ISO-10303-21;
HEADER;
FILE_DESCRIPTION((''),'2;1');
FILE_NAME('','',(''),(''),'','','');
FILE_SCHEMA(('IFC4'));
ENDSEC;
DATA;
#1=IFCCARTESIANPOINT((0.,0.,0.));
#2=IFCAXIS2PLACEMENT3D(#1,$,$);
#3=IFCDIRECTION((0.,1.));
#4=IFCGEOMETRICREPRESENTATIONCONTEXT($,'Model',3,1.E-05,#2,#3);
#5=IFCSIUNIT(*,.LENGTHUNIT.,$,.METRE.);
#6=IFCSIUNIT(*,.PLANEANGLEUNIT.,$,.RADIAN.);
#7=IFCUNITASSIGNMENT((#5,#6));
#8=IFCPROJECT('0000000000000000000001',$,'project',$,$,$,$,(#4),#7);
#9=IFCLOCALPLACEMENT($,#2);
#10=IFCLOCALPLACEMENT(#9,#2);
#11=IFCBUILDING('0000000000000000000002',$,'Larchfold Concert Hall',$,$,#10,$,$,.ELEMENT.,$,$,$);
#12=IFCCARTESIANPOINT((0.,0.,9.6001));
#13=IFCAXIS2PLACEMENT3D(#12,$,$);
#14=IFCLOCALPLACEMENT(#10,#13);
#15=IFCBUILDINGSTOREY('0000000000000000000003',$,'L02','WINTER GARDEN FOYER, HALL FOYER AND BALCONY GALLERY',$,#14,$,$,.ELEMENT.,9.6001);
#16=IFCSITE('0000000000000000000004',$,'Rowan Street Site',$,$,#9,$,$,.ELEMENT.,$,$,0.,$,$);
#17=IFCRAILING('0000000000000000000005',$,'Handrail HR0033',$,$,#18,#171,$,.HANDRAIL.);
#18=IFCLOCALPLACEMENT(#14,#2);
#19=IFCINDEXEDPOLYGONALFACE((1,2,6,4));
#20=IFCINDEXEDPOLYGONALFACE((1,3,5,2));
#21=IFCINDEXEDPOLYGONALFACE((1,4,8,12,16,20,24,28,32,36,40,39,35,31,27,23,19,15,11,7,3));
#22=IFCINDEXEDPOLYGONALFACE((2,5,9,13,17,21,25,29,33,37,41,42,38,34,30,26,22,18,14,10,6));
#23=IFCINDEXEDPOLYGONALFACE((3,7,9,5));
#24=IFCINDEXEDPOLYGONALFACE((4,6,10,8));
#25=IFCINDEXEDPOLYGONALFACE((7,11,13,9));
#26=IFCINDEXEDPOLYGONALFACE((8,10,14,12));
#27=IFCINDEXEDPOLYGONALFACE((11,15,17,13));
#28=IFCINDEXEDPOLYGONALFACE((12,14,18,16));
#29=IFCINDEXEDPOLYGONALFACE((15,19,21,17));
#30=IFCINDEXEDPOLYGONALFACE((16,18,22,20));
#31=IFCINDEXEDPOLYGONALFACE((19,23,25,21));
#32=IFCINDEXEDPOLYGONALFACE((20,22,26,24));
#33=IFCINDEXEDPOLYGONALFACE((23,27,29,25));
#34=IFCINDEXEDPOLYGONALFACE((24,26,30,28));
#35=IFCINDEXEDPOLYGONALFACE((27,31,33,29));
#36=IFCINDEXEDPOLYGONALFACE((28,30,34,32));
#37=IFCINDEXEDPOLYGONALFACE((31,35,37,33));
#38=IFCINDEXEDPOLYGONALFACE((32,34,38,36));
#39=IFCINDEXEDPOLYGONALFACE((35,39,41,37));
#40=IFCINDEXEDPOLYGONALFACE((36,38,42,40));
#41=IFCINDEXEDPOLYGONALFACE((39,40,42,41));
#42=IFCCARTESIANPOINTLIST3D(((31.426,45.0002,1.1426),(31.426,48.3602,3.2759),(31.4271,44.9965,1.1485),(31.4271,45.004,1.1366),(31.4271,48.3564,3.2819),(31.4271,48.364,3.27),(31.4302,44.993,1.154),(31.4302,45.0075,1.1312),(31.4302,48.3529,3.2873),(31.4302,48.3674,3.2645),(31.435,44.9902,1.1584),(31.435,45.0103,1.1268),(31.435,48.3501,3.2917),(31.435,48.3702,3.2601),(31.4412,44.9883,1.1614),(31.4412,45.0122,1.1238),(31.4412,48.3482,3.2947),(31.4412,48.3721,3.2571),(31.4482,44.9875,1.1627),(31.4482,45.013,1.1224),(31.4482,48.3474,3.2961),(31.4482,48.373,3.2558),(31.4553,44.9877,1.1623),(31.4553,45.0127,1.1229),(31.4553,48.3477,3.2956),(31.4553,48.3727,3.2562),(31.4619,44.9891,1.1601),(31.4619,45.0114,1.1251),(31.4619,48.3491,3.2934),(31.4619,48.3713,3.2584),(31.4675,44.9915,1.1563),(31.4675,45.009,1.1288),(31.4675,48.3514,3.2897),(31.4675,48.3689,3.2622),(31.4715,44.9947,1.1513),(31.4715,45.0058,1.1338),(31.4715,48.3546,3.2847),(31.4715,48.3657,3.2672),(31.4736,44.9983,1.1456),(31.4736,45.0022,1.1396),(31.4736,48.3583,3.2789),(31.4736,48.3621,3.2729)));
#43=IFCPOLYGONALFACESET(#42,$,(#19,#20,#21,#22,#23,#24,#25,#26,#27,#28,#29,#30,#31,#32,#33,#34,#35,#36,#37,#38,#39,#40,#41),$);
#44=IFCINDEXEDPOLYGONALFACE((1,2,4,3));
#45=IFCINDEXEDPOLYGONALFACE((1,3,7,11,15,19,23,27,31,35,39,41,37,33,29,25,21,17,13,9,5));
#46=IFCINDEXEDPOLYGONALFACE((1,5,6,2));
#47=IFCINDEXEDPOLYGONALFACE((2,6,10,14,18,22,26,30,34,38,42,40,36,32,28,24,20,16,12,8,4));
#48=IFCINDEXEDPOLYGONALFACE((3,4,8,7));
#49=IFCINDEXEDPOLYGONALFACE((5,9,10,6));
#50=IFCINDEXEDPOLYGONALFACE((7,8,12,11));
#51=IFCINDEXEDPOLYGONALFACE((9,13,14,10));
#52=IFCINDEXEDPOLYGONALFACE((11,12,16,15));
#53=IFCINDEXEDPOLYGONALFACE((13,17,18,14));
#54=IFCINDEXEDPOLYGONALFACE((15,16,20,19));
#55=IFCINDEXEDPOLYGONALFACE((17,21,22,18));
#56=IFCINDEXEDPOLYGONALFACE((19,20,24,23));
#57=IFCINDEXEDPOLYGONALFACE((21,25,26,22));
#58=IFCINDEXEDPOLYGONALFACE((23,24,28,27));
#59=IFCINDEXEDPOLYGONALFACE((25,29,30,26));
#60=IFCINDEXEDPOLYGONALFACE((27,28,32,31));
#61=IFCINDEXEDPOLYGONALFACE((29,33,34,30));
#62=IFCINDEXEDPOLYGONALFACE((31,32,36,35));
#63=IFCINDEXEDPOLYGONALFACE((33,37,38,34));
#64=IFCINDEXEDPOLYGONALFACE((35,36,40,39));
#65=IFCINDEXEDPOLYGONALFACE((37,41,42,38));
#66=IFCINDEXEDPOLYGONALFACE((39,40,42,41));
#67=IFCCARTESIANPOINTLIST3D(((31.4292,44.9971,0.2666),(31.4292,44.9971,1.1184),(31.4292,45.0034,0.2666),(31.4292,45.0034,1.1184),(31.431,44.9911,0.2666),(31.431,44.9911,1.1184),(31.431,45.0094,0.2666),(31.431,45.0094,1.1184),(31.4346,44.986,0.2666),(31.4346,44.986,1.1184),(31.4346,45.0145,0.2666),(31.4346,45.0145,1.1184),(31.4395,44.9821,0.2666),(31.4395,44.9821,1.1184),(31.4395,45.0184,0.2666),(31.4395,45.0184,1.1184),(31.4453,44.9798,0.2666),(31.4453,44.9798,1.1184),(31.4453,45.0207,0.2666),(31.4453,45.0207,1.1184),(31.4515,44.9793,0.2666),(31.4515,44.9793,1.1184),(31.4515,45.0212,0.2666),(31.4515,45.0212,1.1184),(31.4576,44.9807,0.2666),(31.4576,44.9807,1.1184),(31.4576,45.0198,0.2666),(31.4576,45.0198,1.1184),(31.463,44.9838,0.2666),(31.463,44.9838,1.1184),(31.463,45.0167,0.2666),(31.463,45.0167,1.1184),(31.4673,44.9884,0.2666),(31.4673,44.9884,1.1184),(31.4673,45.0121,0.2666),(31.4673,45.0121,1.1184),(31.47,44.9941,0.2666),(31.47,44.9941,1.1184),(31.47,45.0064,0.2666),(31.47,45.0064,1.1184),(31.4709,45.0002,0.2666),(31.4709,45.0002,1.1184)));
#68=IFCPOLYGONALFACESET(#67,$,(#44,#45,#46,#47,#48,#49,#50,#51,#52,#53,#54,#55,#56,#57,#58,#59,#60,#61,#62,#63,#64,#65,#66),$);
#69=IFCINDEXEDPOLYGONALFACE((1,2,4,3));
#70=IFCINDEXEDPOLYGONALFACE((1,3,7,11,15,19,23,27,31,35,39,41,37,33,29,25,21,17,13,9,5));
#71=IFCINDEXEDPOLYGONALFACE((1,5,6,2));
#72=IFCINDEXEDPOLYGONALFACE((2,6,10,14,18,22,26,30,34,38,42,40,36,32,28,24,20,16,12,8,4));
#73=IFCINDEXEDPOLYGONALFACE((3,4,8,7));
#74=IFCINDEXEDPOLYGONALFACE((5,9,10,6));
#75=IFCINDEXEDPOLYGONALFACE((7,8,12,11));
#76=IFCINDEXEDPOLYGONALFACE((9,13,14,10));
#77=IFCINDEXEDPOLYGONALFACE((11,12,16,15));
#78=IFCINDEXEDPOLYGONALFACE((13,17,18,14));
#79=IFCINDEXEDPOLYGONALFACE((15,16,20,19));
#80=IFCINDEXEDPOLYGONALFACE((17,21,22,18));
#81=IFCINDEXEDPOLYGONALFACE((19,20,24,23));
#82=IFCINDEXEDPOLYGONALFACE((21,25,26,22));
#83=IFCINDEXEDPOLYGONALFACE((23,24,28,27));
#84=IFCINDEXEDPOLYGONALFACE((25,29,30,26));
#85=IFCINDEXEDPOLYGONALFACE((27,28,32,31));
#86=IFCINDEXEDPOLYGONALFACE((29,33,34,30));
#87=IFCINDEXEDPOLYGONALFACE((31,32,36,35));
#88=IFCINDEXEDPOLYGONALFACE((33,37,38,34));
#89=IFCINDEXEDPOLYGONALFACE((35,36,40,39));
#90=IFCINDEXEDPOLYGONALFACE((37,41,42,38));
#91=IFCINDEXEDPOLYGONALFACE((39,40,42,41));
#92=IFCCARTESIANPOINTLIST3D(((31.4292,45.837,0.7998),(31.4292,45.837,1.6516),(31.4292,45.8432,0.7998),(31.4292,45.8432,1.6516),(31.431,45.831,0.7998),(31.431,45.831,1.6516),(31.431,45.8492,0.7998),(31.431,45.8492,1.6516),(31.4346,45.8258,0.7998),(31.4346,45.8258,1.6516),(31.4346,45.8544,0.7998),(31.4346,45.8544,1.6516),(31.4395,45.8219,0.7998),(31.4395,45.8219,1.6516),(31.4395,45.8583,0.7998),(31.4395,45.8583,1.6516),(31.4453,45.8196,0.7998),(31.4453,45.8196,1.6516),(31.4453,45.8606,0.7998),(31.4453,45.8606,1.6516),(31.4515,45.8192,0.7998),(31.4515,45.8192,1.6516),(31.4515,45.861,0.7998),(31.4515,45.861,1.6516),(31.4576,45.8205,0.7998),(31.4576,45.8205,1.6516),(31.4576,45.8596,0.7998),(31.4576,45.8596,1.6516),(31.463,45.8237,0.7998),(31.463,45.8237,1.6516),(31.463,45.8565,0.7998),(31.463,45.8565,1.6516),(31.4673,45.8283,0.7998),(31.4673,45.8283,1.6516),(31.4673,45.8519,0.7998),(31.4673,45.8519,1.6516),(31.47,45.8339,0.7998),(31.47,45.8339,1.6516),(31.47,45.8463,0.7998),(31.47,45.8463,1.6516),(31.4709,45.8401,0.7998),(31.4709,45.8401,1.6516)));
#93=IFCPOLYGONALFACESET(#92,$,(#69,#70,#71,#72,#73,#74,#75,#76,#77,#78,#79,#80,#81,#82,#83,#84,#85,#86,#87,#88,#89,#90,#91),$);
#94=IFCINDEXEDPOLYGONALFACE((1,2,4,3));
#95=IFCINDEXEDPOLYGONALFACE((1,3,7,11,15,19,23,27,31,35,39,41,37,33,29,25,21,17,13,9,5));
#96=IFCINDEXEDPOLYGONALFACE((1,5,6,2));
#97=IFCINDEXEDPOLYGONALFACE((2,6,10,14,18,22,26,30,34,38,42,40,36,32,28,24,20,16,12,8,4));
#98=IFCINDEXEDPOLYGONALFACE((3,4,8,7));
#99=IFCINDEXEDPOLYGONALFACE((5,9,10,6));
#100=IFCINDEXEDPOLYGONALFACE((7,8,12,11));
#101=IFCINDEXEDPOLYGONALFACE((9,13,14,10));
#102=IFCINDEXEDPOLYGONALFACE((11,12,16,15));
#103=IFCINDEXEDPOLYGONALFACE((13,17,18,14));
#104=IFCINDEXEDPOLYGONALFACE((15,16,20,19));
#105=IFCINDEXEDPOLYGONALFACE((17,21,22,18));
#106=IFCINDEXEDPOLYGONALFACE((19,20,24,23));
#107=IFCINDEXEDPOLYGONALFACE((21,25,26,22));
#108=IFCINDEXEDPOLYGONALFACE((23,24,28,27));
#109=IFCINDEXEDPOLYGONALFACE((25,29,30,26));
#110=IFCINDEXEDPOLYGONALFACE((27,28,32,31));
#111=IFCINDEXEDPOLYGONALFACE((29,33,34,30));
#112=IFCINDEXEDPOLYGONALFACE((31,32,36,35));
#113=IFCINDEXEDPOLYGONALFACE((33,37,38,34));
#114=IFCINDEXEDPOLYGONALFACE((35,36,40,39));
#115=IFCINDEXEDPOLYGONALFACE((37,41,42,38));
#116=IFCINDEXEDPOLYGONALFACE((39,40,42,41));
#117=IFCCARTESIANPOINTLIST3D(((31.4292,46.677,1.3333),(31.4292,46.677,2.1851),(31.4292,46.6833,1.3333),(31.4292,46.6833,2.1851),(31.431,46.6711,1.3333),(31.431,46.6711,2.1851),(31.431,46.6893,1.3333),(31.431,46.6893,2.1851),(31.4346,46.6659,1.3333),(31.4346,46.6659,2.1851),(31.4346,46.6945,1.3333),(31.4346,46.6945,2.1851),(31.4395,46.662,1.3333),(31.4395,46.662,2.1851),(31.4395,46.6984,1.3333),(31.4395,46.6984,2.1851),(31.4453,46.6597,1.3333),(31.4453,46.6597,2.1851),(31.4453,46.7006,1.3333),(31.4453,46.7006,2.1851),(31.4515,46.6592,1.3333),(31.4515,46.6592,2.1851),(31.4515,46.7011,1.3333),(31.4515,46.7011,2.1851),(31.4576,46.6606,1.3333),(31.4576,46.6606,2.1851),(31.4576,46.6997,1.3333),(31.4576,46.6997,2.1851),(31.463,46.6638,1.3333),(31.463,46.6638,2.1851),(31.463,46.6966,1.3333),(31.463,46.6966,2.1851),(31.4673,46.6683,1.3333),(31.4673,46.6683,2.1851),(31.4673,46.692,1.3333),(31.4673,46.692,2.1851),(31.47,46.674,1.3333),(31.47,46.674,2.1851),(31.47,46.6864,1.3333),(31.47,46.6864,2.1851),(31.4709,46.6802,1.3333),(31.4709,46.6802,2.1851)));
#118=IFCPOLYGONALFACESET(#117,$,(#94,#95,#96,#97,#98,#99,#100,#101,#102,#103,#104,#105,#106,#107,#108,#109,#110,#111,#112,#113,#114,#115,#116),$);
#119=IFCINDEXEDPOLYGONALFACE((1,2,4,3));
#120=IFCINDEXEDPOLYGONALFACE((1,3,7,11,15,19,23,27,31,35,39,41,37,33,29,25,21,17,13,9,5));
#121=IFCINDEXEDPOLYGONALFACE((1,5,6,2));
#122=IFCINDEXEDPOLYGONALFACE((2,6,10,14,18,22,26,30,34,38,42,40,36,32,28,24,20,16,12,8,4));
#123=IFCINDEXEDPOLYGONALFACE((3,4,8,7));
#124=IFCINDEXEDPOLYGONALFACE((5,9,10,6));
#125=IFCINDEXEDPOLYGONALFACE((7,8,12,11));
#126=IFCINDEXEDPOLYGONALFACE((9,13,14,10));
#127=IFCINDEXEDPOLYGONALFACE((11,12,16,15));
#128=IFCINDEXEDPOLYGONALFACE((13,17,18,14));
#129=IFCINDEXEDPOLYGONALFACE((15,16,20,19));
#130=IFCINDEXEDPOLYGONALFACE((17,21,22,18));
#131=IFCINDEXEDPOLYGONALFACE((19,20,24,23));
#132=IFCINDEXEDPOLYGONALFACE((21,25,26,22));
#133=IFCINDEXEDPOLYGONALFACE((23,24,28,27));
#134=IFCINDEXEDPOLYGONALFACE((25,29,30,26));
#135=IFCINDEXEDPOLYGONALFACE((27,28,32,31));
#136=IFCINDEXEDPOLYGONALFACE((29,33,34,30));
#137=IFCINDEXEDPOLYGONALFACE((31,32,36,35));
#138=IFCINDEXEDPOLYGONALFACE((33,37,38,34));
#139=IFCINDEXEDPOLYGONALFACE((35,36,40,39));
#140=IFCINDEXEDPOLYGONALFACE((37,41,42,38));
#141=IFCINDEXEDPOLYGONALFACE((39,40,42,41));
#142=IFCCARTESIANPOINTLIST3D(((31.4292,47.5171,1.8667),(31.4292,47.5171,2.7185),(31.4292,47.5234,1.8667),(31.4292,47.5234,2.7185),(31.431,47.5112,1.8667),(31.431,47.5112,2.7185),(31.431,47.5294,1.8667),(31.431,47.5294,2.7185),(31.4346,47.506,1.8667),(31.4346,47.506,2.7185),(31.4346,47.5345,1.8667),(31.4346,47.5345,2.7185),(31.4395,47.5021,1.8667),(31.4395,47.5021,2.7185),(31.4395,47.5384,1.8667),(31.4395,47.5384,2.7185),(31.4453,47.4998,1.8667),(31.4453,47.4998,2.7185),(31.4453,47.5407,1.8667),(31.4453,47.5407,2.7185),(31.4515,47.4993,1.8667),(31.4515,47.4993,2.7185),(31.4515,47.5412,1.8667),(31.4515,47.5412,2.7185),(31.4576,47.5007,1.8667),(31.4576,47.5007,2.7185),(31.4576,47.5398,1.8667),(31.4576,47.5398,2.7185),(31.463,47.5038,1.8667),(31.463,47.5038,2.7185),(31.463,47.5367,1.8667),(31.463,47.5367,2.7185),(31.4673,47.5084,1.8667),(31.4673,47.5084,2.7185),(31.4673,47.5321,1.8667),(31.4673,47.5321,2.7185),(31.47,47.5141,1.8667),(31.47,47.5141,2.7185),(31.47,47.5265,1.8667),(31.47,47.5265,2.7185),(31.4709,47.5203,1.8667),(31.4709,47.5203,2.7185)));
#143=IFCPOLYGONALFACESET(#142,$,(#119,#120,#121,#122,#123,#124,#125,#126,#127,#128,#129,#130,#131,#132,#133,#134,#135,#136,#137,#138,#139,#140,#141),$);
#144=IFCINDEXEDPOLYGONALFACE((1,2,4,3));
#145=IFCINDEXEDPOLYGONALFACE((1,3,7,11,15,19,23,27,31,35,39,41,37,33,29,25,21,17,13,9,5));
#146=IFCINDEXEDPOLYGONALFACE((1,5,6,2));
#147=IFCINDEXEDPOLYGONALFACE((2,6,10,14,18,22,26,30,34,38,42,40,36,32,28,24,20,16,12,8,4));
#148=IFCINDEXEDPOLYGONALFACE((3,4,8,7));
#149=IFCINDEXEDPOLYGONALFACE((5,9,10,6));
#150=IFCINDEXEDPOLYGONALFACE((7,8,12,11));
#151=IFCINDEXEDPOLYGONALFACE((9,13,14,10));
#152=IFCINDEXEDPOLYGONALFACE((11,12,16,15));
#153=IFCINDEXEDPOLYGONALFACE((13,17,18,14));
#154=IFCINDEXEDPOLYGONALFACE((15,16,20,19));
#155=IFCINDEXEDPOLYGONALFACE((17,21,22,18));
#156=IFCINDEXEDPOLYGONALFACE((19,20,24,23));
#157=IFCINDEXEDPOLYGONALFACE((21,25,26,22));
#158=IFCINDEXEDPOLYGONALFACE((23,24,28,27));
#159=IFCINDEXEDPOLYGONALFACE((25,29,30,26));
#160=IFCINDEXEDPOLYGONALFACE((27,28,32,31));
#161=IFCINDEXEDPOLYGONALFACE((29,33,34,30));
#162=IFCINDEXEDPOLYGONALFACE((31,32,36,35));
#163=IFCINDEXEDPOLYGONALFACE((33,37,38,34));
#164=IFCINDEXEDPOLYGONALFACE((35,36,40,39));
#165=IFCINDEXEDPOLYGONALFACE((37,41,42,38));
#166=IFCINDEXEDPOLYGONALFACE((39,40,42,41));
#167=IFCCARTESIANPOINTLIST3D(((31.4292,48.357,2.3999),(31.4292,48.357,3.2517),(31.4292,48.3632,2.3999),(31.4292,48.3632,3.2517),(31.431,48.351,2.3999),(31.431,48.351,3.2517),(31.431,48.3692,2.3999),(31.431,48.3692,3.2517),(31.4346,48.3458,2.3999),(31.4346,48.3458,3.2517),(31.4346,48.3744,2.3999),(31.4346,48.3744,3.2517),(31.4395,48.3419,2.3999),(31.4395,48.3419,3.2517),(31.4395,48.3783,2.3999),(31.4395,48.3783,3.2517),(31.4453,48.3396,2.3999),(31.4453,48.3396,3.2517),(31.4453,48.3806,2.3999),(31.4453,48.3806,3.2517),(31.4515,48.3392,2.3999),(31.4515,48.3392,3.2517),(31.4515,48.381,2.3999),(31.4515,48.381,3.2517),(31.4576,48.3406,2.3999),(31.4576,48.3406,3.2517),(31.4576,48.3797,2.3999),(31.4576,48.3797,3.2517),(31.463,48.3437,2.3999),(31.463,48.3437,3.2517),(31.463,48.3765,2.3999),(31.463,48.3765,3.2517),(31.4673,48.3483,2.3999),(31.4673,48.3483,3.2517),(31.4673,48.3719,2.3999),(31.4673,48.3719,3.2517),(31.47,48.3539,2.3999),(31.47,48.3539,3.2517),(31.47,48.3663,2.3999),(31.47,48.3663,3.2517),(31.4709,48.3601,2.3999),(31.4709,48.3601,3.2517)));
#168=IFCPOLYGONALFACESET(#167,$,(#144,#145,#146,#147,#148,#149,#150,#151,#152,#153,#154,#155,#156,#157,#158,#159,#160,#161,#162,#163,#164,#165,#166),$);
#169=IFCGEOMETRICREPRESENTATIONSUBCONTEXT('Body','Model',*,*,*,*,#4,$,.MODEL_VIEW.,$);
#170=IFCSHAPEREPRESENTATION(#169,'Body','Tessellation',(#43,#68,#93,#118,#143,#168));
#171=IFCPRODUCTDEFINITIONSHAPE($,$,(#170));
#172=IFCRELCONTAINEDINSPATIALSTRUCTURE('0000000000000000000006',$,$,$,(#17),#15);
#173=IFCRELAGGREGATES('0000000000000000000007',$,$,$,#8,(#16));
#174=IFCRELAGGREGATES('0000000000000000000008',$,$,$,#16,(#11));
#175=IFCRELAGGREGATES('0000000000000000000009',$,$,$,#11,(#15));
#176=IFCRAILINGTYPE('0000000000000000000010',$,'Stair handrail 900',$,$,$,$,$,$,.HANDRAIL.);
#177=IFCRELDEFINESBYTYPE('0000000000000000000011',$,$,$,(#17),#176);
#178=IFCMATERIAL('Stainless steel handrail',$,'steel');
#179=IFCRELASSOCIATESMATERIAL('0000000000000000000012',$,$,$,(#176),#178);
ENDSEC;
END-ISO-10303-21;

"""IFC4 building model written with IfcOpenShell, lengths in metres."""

from ifc_helpers import new_model, si_unit, direction, frame, origin, origin_2d, place, context, subcontext, project, spatial, circle, extrude, material, type_object, element, save


model = new_model("IFC4")

# Units and contexts
model_context = context("Model", 3, precision=1e-05, world=origin(), true_north=direction((0.0, 1.0)))
body_context = subcontext(model_context, "Body", "Model", "MODEL_VIEW")
ifc_project = project(units=[si_unit("LENGTHUNIT", "METRE"), si_unit("PLANEANGLEUNIT", "RADIAN")], contexts=[model_context])

# Site, building, storey
site_placement = place(None, origin())
site = spatial("IfcSite", under=ifc_project, at=site_placement, Name="Rowan Street Site", CompositionType="ELEMENT", RefElevation=0.0)
building_placement = place(site_placement, origin())
building = spatial("IfcBuilding", under=site, at=building_placement, Name="Larchfold Concert Hall", CompositionType="ELEMENT")
storey_placement = place(building_placement, frame((0.0, 0.0, 9.6001)))
storey = spatial("IfcBuildingStorey", under=building, at=storey_placement, Name="L02", Description="WINTER GARDEN FOYER, HALL FOYER AND BALCONY GALLERY", CompositionType="ELEMENT", Elevation=9.6001)

# Railing
ifc_material_1 = material(Name="Stainless steel handrail", Category="steel")
railing_type_1 = type_object("IfcRailingType", Name="Stair handrail 900", PredefinedType="HANDRAIL", material=ifc_material_1)
railing_1_placement = place(storey_placement, frame((31.45, 45.0002, 0.2666)))
element("IfcRailing", 1, at=railing_1_placement, inside=storey, type_object=railing_type_1, Name="Handrail HR0033", PredefinedType="HANDRAIL", context=body_context, shape_type="SweptSolid", body=[
    extrude(circle(Radius=0.0239, at=origin_2d()), frame((0.0, 0.0, 0.876), z_axis=(0.0, 0.844207, 0.536018), x_axis=(-1.0, 0.0, 0.0)), (0.0, 0.0, 1.0), 3.98),
    extrude(circle(Radius=0.021, at=origin_2d()), origin(), (0.0, 0.0, 1.0), 0.8518),
    extrude(circle(Radius=0.021, at=origin_2d()), frame((0.0, 0.8398, 0.5332)), (0.0, 0.0, 1.0), 0.8518),
    extrude(circle(Radius=0.021, at=origin_2d()), frame((0.0, 1.6799, 1.0667)), (0.0, 0.0, 1.0), 0.8518),
    extrude(circle(Radius=0.021, at=origin_2d()), frame((0.0, 2.52, 1.6001)), (0.0, 0.0, 1.0), 0.8518),
    extrude(circle(Radius=0.021, at=origin_2d()), frame((0.0, 3.3599, 2.1333)), (0.0, 0.0, 1.0), 0.8518),
])

save(model, "model.ifc")
